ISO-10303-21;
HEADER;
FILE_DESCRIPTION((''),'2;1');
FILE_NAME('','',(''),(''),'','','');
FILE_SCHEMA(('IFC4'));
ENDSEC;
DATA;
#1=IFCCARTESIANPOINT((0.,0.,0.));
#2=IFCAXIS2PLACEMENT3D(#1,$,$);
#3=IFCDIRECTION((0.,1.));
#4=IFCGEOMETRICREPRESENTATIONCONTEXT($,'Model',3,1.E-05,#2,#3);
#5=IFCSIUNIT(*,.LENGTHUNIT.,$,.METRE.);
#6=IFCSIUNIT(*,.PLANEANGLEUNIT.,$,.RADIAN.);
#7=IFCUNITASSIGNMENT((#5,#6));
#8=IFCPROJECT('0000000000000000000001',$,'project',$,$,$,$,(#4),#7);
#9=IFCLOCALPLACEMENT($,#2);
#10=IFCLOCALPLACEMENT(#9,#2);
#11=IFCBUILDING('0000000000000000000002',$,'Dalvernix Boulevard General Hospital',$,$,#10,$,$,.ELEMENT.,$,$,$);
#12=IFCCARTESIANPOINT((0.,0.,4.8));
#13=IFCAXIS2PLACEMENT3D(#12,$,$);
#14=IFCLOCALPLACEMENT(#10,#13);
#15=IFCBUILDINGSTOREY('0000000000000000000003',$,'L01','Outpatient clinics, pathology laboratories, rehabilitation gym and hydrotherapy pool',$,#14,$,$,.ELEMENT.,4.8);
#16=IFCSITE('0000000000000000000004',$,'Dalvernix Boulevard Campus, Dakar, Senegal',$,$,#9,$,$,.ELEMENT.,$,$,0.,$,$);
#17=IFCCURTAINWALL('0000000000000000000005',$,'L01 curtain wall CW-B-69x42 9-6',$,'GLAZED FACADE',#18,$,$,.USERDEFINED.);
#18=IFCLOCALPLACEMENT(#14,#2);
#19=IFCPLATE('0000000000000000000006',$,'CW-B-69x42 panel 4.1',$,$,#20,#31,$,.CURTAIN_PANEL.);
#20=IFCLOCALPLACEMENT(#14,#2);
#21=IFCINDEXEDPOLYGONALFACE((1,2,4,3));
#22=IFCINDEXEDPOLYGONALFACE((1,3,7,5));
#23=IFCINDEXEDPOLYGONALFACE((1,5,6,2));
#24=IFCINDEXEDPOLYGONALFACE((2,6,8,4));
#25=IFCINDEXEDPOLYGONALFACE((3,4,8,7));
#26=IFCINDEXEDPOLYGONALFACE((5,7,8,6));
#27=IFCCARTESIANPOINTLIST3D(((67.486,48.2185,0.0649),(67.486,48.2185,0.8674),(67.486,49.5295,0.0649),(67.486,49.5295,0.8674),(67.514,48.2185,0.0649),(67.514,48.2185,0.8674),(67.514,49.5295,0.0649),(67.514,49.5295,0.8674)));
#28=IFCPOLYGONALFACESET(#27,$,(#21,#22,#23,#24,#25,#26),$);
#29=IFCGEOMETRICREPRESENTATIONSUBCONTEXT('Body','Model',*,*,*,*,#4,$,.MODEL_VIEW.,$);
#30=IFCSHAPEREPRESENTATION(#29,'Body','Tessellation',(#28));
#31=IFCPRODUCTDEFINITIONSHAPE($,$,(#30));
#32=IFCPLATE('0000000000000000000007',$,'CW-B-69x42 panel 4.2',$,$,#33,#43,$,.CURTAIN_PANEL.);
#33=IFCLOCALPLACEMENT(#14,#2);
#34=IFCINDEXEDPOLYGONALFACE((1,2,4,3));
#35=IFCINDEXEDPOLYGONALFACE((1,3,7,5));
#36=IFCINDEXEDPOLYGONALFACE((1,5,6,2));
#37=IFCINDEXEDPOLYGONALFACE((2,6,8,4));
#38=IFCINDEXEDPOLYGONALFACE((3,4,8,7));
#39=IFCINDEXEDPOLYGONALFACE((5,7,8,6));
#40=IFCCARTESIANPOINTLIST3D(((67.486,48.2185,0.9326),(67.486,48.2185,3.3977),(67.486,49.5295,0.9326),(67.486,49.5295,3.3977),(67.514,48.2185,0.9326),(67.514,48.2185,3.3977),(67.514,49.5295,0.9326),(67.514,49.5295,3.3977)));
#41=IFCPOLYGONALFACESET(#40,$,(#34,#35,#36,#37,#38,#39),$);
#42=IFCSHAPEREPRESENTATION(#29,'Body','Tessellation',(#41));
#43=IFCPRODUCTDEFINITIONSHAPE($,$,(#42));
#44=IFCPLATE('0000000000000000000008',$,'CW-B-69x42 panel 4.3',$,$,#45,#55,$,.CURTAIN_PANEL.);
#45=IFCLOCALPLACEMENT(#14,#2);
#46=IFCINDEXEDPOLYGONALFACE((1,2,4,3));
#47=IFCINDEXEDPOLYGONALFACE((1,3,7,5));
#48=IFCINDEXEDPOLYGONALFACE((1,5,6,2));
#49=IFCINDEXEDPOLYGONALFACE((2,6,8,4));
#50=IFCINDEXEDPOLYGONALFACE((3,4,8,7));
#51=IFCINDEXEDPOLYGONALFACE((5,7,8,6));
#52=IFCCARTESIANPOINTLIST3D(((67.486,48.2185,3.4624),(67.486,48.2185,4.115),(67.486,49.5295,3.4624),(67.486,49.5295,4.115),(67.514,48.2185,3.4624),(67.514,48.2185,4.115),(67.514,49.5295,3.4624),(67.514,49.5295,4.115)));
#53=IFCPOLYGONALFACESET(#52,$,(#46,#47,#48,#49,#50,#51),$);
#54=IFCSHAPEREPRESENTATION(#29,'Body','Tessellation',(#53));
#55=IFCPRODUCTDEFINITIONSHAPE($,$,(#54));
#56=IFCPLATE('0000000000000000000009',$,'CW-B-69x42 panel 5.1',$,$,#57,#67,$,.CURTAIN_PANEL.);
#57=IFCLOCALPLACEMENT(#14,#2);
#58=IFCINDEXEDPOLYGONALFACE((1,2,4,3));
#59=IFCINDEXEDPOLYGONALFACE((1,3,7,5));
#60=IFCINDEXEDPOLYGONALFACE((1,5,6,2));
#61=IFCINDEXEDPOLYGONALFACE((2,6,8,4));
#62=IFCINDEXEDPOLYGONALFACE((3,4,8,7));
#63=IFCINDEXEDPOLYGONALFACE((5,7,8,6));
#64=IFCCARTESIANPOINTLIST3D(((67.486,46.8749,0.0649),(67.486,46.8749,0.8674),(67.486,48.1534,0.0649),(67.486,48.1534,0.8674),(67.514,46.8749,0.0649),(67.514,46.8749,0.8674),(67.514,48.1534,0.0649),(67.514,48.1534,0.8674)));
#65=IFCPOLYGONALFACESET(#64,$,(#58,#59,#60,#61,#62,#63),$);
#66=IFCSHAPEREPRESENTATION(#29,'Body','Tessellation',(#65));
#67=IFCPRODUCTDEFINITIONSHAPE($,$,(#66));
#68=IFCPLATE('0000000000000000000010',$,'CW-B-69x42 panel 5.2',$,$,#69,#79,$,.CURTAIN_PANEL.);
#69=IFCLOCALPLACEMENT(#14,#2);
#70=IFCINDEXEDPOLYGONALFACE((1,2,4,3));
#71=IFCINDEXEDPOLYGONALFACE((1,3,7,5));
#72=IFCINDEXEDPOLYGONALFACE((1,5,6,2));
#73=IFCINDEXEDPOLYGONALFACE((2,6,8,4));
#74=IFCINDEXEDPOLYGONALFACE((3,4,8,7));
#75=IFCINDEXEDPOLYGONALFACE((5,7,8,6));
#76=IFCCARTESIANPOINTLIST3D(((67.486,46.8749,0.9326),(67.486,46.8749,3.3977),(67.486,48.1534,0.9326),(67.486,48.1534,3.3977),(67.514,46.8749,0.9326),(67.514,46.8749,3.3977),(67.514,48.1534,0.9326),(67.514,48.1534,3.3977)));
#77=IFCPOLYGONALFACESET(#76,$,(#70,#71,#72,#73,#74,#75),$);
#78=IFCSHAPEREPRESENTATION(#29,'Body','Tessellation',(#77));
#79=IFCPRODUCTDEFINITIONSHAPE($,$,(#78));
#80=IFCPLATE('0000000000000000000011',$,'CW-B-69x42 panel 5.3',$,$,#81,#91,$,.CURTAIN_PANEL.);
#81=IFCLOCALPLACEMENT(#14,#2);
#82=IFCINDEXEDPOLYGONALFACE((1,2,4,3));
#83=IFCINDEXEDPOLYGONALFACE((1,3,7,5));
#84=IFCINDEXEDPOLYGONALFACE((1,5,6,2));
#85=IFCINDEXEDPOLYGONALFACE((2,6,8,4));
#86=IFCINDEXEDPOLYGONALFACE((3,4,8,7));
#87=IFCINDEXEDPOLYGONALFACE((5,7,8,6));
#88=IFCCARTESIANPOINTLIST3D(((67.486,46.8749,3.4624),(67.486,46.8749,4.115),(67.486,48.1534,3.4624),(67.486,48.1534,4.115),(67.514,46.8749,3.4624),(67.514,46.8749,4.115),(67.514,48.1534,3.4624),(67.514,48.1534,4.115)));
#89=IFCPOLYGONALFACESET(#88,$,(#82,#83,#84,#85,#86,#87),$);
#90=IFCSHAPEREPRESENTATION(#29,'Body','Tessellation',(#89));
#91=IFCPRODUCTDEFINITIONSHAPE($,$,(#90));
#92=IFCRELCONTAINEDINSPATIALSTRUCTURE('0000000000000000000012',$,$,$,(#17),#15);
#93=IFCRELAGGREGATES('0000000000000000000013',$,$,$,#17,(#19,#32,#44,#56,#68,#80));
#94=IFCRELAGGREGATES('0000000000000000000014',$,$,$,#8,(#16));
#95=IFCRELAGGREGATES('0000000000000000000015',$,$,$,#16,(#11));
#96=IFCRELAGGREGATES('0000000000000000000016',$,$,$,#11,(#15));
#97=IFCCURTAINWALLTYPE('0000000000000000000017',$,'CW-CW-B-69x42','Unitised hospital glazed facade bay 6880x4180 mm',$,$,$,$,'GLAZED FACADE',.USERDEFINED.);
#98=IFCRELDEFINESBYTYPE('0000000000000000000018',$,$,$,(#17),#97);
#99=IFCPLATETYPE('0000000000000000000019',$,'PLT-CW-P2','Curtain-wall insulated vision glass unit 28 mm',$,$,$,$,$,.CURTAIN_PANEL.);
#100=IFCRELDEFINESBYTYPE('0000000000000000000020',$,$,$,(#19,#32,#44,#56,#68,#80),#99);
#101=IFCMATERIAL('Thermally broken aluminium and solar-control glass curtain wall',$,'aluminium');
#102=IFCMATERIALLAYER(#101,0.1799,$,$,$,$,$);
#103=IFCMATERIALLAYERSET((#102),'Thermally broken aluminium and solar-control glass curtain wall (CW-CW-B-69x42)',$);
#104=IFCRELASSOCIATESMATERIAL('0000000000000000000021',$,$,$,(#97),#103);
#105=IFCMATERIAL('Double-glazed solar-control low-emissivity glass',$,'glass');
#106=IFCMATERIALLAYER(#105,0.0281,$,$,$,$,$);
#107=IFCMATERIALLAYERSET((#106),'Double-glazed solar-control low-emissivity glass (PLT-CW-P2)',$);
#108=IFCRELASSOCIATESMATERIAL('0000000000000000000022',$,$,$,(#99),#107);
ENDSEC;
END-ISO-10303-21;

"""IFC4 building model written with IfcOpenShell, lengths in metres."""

from ifc_helpers import new_model, si_unit, direction, frame, origin, origin_2d, place, context, subcontext, project, spatial, rectangle, extrude, material, layer, layer_set, type_object, element, aggregate, save


model = new_model("IFC4")

# Units and contexts
model_context = context("Model", 3, precision=1e-05, world=origin(), true_north=direction((0.0, 1.0)))
body_context = subcontext(model_context, "Body", "Model", "MODEL_VIEW")
ifc_project = project(units=[si_unit("LENGTHUNIT", "METRE"), si_unit("PLANEANGLEUNIT", "RADIAN")], contexts=[model_context])

# Site, building, storey
site_placement = place(None, origin())
site = spatial("IfcSite", under=ifc_project, at=site_placement, Name="Dalvernix Boulevard Campus, Dakar, Senegal", CompositionType="ELEMENT", RefElevation=0.0)
building_placement = place(site_placement, origin())
building = spatial("IfcBuilding", under=site, at=building_placement, Name="Dalvernix Boulevard General Hospital", CompositionType="ELEMENT")
storey_placement = place(building_placement, frame((0.0, 0.0, 4.8)))
storey = spatial("IfcBuildingStorey", under=building, at=storey_placement, Name="L01", Description="Outpatient clinics, pathology laboratories, rehabilitation gym and hydrotherapy pool", CompositionType="ELEMENT", Elevation=4.8)

# Curtain wall, plates
ifc_material_1 = material(Name="Thermally broken aluminium and solar-control glass curtain wall", Category="aluminium")
ifc_layer_1 = layer(ifc_material_1, 0.1799)
ifc_layer_set_1 = layer_set([ifc_layer_1], Name="Thermally broken aluminium and solar-control glass curtain wall (CW-CW-B-69x42)")
curtain_wall_type = type_object("IfcCurtainWallType", Name="CW-CW-B-69x42", Description="Unitised hospital glazed facade bay 6880x4180 mm", ElementType="GLAZED FACADE", PredefinedType="USERDEFINED", material=ifc_layer_set_1)
curtain_wall_placement = place(storey_placement, origin())
curtain_wall = element("IfcCurtainWall", 1, at=curtain_wall_placement, inside=storey, type_object=curtain_wall_type, Name="L01 curtain wall CW-B-69x42 9-6", ObjectType="GLAZED FACADE", PredefinedType="USERDEFINED")
ifc_material_2 = material(Name="Double-glazed solar-control low-emissivity glass", Category="glass")
ifc_layer_2 = layer(ifc_material_2, 0.0281)
ifc_layer_set_2 = layer_set([ifc_layer_2], Name="Double-glazed solar-control low-emissivity glass (PLT-CW-P2)")
plate_type = type_object("IfcPlateType", Name="PLT-CW-P2", Description="Curtain-wall insulated vision glass unit 28 mm", PredefinedType="CURTAIN_PANEL", material=ifc_layer_set_2)
plate_1_placement = place(storey_placement, frame((67.5, 48.874, 0.0649), z_axis=(0.0, 0.0, 1.0), x_axis=(0.0, -1.0, 0.0)))
plate_1 = element("IfcPlate", 2, at=plate_1_placement, type_object=plate_type, Name="CW-B-69x42 panel 4.1", PredefinedType="CURTAIN_PANEL", context=body_context, shape_type="SweptSolid", body=[
    extrude(rectangle(XDim=1.311, YDim=0.0281, at=origin_2d()), origin(), (0.0, 0.0, 1.0), 0.8025),
])
plate_2_placement = place(storey_placement, frame((67.5, 48.874, 0.9326), z_axis=(0.0, 0.0, 1.0), x_axis=(0.0, -1.0, 0.0)))
plate_2 = element("IfcPlate", 3, at=plate_2_placement, type_object=plate_type, Name="CW-B-69x42 panel 4.2", PredefinedType="CURTAIN_PANEL", context=body_context, shape_type="SweptSolid", body=[
    extrude(rectangle(XDim=1.311, YDim=0.0281, at=origin_2d()), origin(), (0.0, 0.0, 1.0), 2.4651),
])
plate_3_placement = place(storey_placement, frame((67.5, 48.874, 3.4624), z_axis=(0.0, 0.0, 1.0), x_axis=(0.0, -1.0, 0.0)))
plate_3 = element("IfcPlate", 4, at=plate_3_placement, type_object=plate_type, Name="CW-B-69x42 panel 4.3", PredefinedType="CURTAIN_PANEL", context=body_context, shape_type="SweptSolid", body=[
    extrude(rectangle(XDim=1.311, YDim=0.0281, at=origin_2d()), origin(), (0.0, 0.0, 1.0), 0.6526),
])
plate_4_placement = place(storey_placement, frame((67.5, 47.5142, 0.0649), z_axis=(0.0, 0.0, 1.0), x_axis=(0.0, -1.0, 0.0)))
plate_4 = element("IfcPlate", 5, at=plate_4_placement, type_object=plate_type, Name="CW-B-69x42 panel 5.1", PredefinedType="CURTAIN_PANEL", context=body_context, shape_type="SweptSolid", body=[
    extrude(rectangle(XDim=1.2786, YDim=0.0281, at=origin_2d()), origin(), (0.0, 0.0, 1.0), 0.8025),
])
plate_5_placement = place(storey_placement, frame((67.5, 47.5142, 0.9326), z_axis=(0.0, 0.0, 1.0), x_axis=(0.0, -1.0, 0.0)))
plate_5 = element("IfcPlate", 6, at=plate_5_placement, type_object=plate_type, Name="CW-B-69x42 panel 5.2", PredefinedType="CURTAIN_PANEL", context=body_context, shape_type="SweptSolid", body=[
    extrude(rectangle(XDim=1.2786, YDim=0.0281, at=origin_2d()), origin(), (0.0, 0.0, 1.0), 2.4651),
])
plate_6_placement = place(storey_placement, frame((67.5, 47.5142, 3.4624), z_axis=(0.0, 0.0, 1.0), x_axis=(0.0, -1.0, 0.0)))
plate_6 = element("IfcPlate", 7, at=plate_6_placement, type_object=plate_type, Name="CW-B-69x42 panel 5.3", PredefinedType="CURTAIN_PANEL", context=body_context, shape_type="SweptSolid", body=[
    extrude(rectangle(XDim=1.2786, YDim=0.0281, at=origin_2d()), origin(), (0.0, 0.0, 1.0), 0.6526),
])
aggregate(curtain_wall, [plate_1, plate_2, plate_3, plate_4, plate_5, plate_6])

save(model, "model.ifc")
